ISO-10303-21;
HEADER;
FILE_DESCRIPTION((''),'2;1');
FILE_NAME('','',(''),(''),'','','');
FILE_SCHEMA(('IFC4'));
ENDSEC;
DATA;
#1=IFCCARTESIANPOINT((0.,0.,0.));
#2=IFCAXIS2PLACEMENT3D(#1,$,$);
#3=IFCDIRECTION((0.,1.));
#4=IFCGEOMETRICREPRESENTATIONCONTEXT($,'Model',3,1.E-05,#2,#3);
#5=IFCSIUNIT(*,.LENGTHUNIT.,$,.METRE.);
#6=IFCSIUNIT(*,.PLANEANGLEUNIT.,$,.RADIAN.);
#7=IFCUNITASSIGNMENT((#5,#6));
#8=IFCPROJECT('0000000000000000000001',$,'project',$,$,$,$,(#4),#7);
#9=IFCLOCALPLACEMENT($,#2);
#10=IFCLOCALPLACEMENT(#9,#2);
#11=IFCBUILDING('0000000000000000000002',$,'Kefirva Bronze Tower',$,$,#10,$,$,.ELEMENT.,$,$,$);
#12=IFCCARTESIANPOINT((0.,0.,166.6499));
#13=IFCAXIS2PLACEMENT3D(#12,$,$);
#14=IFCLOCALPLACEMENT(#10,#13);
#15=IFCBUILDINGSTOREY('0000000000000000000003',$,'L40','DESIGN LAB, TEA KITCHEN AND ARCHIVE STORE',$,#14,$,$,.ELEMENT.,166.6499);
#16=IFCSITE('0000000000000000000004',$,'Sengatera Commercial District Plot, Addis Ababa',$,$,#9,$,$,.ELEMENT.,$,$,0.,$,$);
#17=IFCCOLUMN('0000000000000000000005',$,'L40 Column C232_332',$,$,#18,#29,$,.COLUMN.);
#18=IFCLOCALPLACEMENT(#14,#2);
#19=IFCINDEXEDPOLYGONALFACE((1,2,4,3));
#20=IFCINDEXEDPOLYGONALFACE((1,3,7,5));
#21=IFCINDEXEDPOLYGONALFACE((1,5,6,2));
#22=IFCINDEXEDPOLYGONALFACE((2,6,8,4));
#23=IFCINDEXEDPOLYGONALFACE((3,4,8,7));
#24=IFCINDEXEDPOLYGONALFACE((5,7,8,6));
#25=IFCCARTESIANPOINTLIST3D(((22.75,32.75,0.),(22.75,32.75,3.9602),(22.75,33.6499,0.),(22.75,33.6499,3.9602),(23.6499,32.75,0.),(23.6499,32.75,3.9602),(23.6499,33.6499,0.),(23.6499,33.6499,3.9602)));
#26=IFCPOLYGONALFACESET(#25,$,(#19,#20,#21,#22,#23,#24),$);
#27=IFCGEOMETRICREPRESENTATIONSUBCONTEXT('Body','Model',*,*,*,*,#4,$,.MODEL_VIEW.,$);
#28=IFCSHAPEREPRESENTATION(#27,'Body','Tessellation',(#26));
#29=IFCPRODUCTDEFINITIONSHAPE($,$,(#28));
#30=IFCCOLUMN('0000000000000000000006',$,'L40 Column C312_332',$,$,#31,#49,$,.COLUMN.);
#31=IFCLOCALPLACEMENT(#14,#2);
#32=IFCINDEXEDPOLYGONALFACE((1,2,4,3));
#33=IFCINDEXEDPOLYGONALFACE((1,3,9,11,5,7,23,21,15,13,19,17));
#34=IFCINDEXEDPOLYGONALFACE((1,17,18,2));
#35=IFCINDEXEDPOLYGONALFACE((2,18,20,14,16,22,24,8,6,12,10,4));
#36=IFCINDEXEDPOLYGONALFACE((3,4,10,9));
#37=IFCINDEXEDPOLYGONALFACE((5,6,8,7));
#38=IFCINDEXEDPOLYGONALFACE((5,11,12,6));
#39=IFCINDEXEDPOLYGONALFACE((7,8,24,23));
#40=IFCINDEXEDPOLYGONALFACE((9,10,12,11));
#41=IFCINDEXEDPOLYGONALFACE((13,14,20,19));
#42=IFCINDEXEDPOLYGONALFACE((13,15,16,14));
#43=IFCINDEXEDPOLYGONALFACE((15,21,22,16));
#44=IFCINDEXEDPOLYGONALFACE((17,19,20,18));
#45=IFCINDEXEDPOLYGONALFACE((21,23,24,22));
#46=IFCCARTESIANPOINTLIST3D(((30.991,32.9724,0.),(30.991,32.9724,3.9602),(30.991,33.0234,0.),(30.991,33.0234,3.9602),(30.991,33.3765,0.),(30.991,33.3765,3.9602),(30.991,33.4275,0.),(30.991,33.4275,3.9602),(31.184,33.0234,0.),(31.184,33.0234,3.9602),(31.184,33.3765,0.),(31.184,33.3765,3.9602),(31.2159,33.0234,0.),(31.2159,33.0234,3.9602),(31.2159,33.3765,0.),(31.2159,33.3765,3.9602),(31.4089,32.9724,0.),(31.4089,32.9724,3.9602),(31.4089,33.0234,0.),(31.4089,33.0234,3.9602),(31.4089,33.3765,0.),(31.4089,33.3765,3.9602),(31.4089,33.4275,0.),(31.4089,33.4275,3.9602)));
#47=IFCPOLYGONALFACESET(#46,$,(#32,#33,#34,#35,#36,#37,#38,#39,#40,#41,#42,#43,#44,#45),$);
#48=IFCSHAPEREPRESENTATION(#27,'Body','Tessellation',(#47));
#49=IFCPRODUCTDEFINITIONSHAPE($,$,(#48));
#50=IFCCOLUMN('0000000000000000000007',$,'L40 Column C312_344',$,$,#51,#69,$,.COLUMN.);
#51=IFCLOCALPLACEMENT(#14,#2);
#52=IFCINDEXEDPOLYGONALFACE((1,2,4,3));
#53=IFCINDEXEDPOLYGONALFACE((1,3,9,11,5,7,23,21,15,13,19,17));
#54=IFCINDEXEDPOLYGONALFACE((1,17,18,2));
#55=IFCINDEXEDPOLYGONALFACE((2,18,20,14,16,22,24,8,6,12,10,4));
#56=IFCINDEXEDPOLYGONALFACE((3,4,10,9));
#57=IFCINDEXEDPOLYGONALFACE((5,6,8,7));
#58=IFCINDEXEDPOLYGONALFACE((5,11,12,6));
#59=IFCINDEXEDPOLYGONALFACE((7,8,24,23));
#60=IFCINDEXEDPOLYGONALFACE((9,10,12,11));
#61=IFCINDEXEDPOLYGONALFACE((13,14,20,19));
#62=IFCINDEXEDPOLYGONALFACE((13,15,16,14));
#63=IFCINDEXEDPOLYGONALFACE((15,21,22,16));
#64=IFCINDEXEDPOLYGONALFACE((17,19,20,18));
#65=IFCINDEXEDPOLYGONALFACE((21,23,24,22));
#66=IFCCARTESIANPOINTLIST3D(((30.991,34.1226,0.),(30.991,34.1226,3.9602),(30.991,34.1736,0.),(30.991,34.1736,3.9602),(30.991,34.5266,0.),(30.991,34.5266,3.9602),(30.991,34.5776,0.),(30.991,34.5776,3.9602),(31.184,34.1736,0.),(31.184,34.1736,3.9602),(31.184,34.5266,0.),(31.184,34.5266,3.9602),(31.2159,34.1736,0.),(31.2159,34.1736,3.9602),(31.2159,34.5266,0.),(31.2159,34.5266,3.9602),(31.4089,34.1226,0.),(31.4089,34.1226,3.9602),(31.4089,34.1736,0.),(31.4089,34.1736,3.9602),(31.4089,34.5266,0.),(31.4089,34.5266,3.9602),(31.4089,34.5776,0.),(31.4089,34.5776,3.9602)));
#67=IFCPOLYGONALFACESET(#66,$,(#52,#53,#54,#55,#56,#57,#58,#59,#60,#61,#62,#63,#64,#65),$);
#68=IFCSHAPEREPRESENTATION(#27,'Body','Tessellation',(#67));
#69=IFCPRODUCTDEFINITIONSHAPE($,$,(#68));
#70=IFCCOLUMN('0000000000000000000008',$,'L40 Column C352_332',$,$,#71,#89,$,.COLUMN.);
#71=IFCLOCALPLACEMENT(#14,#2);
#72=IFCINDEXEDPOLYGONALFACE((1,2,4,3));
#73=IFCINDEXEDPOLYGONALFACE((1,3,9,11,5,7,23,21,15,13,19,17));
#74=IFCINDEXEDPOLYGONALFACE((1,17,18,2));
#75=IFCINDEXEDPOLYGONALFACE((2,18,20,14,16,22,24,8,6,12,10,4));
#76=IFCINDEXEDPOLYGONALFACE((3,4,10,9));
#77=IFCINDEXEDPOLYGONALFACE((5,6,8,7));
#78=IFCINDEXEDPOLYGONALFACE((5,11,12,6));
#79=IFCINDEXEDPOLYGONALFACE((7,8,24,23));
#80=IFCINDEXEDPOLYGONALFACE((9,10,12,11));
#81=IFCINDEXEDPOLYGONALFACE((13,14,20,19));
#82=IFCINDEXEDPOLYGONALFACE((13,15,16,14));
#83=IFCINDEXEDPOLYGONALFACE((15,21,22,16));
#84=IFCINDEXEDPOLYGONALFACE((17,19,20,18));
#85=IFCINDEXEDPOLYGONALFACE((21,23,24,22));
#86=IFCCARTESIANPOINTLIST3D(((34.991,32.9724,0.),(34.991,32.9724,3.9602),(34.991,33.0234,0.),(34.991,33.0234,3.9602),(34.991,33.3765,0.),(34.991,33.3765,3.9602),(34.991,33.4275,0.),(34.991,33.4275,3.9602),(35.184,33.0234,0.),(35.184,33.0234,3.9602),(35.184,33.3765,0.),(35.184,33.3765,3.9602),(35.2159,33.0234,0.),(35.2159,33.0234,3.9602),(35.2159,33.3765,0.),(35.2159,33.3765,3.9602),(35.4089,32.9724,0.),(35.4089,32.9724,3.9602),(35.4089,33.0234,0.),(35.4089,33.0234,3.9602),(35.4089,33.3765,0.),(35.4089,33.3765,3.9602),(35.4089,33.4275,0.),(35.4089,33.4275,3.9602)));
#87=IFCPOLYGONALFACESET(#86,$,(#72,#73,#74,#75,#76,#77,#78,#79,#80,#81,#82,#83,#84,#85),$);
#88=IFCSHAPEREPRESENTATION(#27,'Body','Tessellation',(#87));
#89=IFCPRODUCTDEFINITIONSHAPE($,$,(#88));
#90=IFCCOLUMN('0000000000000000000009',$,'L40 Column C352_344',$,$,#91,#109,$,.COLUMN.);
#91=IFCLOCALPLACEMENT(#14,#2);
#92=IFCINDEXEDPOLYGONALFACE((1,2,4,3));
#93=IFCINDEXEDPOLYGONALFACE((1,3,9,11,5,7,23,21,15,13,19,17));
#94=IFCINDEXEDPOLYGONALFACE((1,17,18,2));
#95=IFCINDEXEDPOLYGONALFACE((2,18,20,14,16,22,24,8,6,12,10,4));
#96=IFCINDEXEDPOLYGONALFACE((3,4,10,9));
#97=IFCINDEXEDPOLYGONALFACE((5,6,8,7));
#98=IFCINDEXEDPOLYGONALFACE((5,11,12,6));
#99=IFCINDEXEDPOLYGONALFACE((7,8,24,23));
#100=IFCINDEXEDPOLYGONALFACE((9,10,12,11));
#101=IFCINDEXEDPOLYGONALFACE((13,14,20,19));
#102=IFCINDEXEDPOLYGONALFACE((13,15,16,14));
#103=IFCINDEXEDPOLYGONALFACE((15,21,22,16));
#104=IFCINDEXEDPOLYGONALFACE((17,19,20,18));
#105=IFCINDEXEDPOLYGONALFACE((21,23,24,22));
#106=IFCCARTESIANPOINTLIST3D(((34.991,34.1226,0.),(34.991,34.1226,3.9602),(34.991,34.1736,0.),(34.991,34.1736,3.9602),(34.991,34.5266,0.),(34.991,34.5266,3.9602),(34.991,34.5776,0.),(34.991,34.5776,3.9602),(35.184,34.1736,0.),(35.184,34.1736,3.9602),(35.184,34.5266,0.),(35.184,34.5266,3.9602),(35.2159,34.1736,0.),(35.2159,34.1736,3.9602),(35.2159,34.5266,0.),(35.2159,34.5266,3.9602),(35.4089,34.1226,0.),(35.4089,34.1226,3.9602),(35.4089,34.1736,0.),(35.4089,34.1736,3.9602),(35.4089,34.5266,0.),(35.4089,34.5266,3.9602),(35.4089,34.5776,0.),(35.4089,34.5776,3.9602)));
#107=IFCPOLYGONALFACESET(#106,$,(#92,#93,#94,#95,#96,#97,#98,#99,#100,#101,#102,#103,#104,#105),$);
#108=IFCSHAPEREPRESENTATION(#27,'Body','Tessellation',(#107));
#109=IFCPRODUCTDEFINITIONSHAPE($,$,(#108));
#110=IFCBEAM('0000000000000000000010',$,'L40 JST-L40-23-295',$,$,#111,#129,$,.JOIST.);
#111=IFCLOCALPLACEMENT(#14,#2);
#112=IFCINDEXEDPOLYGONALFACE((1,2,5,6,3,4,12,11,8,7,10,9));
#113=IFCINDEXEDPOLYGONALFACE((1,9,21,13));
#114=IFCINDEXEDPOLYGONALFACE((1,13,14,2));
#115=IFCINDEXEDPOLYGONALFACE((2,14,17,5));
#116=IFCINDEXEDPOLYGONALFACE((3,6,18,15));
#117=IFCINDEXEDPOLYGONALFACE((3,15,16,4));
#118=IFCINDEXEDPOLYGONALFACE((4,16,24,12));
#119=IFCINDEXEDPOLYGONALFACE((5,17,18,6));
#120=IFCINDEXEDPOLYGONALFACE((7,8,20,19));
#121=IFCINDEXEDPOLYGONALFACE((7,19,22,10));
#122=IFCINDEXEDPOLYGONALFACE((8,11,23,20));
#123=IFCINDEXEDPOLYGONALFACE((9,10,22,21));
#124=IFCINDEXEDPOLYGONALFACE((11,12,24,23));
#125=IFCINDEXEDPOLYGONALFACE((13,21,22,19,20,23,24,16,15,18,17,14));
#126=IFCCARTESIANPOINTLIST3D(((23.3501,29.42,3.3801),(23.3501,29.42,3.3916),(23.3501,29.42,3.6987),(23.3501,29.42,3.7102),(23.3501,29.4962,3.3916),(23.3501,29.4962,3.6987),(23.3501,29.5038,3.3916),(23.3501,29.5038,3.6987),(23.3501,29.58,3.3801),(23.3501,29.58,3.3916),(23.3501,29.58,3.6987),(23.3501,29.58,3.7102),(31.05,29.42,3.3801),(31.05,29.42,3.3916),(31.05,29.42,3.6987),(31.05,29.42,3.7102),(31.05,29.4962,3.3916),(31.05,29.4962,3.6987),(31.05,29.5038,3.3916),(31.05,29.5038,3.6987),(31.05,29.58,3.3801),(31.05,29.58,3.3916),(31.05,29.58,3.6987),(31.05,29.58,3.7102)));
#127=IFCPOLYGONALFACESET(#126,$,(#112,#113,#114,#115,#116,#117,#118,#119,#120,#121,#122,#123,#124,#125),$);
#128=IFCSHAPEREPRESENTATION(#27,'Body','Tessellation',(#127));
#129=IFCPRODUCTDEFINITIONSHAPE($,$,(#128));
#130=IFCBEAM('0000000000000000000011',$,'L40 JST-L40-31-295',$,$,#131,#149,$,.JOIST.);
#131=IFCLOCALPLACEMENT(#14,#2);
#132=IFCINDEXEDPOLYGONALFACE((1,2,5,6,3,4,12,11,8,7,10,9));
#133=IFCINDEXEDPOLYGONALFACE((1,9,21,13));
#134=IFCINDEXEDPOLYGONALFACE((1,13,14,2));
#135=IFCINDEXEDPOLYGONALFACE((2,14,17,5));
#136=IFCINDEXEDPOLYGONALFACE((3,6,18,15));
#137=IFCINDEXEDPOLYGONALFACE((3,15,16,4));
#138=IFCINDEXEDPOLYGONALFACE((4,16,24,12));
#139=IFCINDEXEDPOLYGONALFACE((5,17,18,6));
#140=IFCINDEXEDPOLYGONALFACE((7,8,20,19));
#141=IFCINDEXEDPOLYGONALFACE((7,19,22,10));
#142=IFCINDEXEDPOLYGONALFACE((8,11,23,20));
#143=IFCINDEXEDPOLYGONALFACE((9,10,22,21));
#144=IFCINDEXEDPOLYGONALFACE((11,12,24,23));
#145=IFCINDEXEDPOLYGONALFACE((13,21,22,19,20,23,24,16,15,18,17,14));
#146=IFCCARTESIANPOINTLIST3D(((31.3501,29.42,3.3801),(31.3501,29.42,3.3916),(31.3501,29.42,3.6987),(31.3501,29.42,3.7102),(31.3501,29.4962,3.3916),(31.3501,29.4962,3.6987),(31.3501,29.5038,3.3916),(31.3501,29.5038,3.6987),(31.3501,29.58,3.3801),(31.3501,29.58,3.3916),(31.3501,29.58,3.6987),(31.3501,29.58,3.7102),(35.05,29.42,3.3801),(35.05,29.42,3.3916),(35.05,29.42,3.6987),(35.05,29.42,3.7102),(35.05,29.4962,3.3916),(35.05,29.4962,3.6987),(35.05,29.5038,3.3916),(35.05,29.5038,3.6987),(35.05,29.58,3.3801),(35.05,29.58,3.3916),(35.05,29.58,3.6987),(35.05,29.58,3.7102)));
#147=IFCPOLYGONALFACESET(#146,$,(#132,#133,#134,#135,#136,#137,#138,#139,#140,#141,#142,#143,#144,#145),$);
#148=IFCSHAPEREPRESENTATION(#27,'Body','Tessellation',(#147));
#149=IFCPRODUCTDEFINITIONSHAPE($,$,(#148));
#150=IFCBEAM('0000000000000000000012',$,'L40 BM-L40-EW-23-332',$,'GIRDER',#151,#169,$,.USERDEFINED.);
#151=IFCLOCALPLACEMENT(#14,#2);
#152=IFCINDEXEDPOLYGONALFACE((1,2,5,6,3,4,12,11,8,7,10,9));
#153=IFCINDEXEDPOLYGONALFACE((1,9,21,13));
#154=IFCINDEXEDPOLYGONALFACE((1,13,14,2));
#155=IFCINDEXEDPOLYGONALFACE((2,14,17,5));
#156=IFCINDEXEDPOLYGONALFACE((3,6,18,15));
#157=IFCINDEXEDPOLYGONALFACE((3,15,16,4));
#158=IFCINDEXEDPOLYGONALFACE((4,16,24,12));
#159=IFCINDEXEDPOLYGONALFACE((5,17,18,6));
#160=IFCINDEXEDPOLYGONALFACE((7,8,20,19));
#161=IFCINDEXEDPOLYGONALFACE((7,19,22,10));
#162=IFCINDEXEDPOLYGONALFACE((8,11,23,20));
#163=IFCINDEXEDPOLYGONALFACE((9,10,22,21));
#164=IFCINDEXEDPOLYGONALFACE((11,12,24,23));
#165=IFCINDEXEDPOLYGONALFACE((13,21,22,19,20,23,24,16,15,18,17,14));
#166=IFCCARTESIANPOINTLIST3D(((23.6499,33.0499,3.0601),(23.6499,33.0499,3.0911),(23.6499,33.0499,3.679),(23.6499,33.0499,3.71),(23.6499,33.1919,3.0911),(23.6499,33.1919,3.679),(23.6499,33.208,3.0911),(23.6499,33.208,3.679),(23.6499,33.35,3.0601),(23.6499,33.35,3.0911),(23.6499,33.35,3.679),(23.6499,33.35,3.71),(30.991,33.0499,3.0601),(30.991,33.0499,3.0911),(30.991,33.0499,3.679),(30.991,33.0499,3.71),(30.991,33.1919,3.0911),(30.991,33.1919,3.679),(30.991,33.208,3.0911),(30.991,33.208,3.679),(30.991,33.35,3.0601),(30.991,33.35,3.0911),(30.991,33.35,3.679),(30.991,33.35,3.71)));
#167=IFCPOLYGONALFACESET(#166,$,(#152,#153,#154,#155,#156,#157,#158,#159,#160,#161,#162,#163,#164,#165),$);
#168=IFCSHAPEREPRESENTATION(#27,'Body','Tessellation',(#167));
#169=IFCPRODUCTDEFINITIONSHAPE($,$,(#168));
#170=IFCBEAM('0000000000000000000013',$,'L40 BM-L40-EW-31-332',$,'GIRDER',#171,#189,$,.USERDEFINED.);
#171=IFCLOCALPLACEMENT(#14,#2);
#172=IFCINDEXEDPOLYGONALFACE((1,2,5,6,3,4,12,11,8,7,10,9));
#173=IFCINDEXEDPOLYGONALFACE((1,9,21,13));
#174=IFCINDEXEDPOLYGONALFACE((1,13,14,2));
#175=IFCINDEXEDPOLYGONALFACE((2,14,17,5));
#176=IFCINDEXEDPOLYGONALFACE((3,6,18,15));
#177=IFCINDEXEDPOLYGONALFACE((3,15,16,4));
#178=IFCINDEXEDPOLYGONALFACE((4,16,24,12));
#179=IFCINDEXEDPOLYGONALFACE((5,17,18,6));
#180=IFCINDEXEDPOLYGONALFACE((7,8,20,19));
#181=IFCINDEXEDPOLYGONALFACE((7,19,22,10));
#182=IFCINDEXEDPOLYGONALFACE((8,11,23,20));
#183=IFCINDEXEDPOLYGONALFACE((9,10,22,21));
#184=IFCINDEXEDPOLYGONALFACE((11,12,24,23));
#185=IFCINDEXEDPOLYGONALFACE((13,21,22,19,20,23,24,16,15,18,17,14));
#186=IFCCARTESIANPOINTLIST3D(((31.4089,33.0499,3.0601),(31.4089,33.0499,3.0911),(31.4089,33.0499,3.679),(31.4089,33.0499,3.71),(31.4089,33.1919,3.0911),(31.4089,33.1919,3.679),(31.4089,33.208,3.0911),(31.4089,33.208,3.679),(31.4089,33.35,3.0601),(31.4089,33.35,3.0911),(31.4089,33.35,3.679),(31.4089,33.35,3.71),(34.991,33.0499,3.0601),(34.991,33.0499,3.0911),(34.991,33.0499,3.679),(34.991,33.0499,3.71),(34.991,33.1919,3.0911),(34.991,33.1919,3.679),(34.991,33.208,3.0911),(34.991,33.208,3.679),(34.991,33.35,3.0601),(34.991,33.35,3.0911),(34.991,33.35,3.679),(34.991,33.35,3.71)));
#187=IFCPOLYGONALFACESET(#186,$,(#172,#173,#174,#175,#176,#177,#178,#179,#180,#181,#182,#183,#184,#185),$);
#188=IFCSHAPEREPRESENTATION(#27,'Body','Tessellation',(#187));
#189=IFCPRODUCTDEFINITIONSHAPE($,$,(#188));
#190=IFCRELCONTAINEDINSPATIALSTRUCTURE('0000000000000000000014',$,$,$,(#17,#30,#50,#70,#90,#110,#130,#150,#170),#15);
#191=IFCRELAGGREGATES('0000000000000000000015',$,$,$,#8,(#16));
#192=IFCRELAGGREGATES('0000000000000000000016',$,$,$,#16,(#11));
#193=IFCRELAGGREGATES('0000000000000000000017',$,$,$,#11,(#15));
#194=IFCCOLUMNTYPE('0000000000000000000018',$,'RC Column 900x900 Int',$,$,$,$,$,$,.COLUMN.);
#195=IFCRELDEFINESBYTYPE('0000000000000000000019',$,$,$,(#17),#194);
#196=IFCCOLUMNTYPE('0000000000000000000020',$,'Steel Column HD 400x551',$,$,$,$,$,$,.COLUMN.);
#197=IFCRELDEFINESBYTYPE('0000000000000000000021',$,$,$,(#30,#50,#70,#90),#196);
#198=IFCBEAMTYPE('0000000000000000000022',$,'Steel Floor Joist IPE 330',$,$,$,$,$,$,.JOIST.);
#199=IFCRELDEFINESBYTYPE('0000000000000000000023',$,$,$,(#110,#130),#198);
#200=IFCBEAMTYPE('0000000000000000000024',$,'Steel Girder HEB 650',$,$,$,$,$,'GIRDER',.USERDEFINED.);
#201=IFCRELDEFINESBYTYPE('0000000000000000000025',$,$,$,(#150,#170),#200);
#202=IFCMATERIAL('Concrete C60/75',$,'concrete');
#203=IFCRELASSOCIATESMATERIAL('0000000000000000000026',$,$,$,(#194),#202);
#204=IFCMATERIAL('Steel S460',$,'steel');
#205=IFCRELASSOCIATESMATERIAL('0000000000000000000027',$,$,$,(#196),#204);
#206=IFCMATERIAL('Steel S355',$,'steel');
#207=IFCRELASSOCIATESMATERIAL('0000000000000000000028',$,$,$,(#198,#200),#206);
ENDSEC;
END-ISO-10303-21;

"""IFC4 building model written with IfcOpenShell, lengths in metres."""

from ifc_helpers import new_model, si_unit, direction, frame, origin, origin_2d, place, context, subcontext, project, spatial, rectangle, i_section, extrude, material, material_profile, profile_set, type_object, element, save


model = new_model("IFC4")

# Units and contexts
model_context = context("Model", 3, precision=1e-05, world=origin(), true_north=direction((0.0, 1.0)))
body_context = subcontext(model_context, "Body", "Model", "MODEL_VIEW")
ifc_project = project(units=[si_unit("LENGTHUNIT", "METRE"), si_unit("PLANEANGLEUNIT", "RADIAN")], contexts=[model_context])

# Site, building, storey
site_placement = place(None, origin())
site = spatial("IfcSite", under=ifc_project, at=site_placement, Name="Sengatera Commercial District Plot, Addis Ababa", CompositionType="ELEMENT", RefElevation=0.0)
building_placement = place(site_placement, origin())
building = spatial("IfcBuilding", under=site, at=building_placement, Name="Kefirva Bronze Tower", CompositionType="ELEMENT")
storey_placement = place(building_placement, frame((0.0, 0.0, 166.6499)))
storey = spatial("IfcBuildingStorey", under=building, at=storey_placement, Name="L40", Description="DESIGN LAB, TEA KITCHEN AND ARCHIVE STORE", CompositionType="ELEMENT", Elevation=166.6499)

# Columns
ifc_material_1 = material(Name="Concrete C60/75", Category="concrete")
ifc_material_profile_1 = material_profile(ifc_material_1, rectangle(XDim=0.8999, YDim=0.8999, at=origin_2d()), Name="RC 900x900")
ifc_profile_set_1 = profile_set([ifc_material_profile_1], Name="Concrete C60/75")
column_type_1 = type_object("IfcColumnType", Name="RC Column 900x900 Int", PredefinedType="COLUMN", material=ifc_profile_set_1)
column_placement = place(storey_placement, frame((23.2, 33.2, 0.0), z_axis=(0.0, 0.0, 1.0), x_axis=(1.0, 0.0, 0.0)))
element("IfcColumn", 1, at=column_placement, inside=storey, type_object=column_type_1, Name="L40 Column C232_332", PredefinedType="COLUMN", context=body_context, shape_type="SweptSolid", body=[
    extrude(rectangle(XDim=0.8999, YDim=0.8999, at=origin_2d()), origin(), (0.0, 0.0, 1.0), 3.9602),
])
ifc_material_2 = material(Name="Steel S460", Category="steel")
ifc_material_profile_2 = material_profile(ifc_material_2, i_section(OverallWidth=0.418, OverallDepth=0.4551, WebThickness=0.032, FlangeThickness=0.051, at=origin_2d()), Name="HD 400x551")
ifc_profile_set_2 = profile_set([ifc_material_profile_2], Name="Steel S460")
column_type_2 = type_object("IfcColumnType", Name="Steel Column HD 400x551", PredefinedType="COLUMN", material=ifc_profile_set_2)
for number, where, z_axis, x_axis, name in (
    (2, (31.2, 33.2, 0.0), (0.0, 0.0, 1.0), (1.0, 0.0, 0.0), "L40 Column C312_332"),
    (3, (31.2, 34.3501, 0.0), (0.0, 0.0, 1.0), (1.0, 0.0, 0.0), "L40 Column C312_344"),
    (4, (35.2, 33.2, 0.0), (0.0, 0.0, 1.0), (1.0, 0.0, 0.0), "L40 Column C352_332"),
    (5, (35.2, 34.3501, 0.0), (0.0, 0.0, 1.0), (1.0, 0.0, 0.0), "L40 Column C352_344"),
):
    element("IfcColumn", number, at=place(storey_placement, frame(where, z_axis=z_axis, x_axis=x_axis)), inside=storey, type_object=column_type_2, Name=name, PredefinedType="COLUMN", context=body_context, shape_type="SweptSolid", body=[
        extrude(i_section(OverallWidth=0.418, OverallDepth=0.4551, WebThickness=0.032, FlangeThickness=0.051, at=origin_2d()), origin(), (0.0, 0.0, 1.0), 3.9602),
    ])

# Beams
ifc_material_3 = material(Name="Steel S355", Category="steel")
ifc_material_profile_3 = material_profile(ifc_material_3, i_section(OverallWidth=0.1599, OverallDepth=0.3301, WebThickness=0.0076, FlangeThickness=0.0115, at=origin_2d()), Name="IPE 330")
ifc_profile_set_3 = profile_set([ifc_material_profile_3], Name="Steel S355")
beam_type_1 = type_object("IfcBeamType", Name="Steel Floor Joist IPE 330", PredefinedType="JOIST", material=ifc_profile_set_3)
beam_1_placement = place(storey_placement, frame((23.3501, 29.5, 3.5452), z_axis=(1.0, 0.0, 0.0), x_axis=(0.0, 1.0, 0.0)))
element("IfcBeam", 6, at=beam_1_placement, inside=storey, type_object=beam_type_1, Name="L40 JST-L40-23-295", PredefinedType="JOIST", context=body_context, shape_type="SweptSolid", body=[
    extrude(i_section(OverallWidth=0.1599, OverallDepth=0.3301, WebThickness=0.0076, FlangeThickness=0.0115, at=origin_2d()), origin(), (0.0, 0.0, 1.0), 7.7),
])
beam_2_placement = place(storey_placement, frame((31.3501, 29.5, 3.5452), z_axis=(1.0, 0.0, 0.0), x_axis=(0.0, 1.0, 0.0)))
element("IfcBeam", 7, at=beam_2_placement, inside=storey, type_object=beam_type_1, Name="L40 JST-L40-31-295", PredefinedType="JOIST", context=body_context, shape_type="SweptSolid", body=[
    extrude(i_section(OverallWidth=0.1599, OverallDepth=0.3301, WebThickness=0.0076, FlangeThickness=0.0115, at=origin_2d()), origin(), (0.0, 0.0, 1.0), 3.7),
])
ifc_material_profile_4 = material_profile(ifc_material_3, i_section(OverallWidth=0.3, OverallDepth=0.6499, WebThickness=0.0161, FlangeThickness=0.031, at=origin_2d()), Name="HEB 650")
ifc_profile_set_4 = profile_set([ifc_material_profile_4], Name="Steel S355")
beam_type_2 = type_object("IfcBeamType", Name="Steel Girder HEB 650", ElementType="GIRDER", PredefinedType="USERDEFINED", material=ifc_profile_set_4)
beam_3_placement = place(storey_placement, frame((23.6499, 33.2, 3.385), z_axis=(1.0, 0.0, 0.0), x_axis=(0.0, 1.0, 0.0)))
element("IfcBeam", 8, at=beam_3_placement, inside=storey, type_object=beam_type_2, Name="L40 BM-L40-EW-23-332", ObjectType="GIRDER", PredefinedType="USERDEFINED", context=body_context, shape_type="SweptSolid", body=[
    extrude(i_section(OverallWidth=0.3, OverallDepth=0.6499, WebThickness=0.0161, FlangeThickness=0.031, at=origin_2d()), origin(), (0.0, 0.0, 1.0), 7.3411),
])
for number, where, z_axis, x_axis, name in (
    (9, (31.4089, 33.2, 3.385), (1.0, 0.0, 0.0), (0.0, 1.0, 0.0), "L40 BM-L40-EW-31-332"),
):
    element("IfcBeam", number, at=place(storey_placement, frame(where, z_axis=z_axis, x_axis=x_axis)), inside=storey, type_object=beam_type_2, Name=name, ObjectType="GIRDER", PredefinedType="USERDEFINED", context=body_context, shape_type="SweptSolid", body=[
        extrude(i_section(OverallWidth=0.3, OverallDepth=0.6499, WebThickness=0.0161, FlangeThickness=0.031, at=origin_2d()), origin(), (0.0, 0.0, 1.0), 3.582),
    ])

save(model, "model.ifc")
